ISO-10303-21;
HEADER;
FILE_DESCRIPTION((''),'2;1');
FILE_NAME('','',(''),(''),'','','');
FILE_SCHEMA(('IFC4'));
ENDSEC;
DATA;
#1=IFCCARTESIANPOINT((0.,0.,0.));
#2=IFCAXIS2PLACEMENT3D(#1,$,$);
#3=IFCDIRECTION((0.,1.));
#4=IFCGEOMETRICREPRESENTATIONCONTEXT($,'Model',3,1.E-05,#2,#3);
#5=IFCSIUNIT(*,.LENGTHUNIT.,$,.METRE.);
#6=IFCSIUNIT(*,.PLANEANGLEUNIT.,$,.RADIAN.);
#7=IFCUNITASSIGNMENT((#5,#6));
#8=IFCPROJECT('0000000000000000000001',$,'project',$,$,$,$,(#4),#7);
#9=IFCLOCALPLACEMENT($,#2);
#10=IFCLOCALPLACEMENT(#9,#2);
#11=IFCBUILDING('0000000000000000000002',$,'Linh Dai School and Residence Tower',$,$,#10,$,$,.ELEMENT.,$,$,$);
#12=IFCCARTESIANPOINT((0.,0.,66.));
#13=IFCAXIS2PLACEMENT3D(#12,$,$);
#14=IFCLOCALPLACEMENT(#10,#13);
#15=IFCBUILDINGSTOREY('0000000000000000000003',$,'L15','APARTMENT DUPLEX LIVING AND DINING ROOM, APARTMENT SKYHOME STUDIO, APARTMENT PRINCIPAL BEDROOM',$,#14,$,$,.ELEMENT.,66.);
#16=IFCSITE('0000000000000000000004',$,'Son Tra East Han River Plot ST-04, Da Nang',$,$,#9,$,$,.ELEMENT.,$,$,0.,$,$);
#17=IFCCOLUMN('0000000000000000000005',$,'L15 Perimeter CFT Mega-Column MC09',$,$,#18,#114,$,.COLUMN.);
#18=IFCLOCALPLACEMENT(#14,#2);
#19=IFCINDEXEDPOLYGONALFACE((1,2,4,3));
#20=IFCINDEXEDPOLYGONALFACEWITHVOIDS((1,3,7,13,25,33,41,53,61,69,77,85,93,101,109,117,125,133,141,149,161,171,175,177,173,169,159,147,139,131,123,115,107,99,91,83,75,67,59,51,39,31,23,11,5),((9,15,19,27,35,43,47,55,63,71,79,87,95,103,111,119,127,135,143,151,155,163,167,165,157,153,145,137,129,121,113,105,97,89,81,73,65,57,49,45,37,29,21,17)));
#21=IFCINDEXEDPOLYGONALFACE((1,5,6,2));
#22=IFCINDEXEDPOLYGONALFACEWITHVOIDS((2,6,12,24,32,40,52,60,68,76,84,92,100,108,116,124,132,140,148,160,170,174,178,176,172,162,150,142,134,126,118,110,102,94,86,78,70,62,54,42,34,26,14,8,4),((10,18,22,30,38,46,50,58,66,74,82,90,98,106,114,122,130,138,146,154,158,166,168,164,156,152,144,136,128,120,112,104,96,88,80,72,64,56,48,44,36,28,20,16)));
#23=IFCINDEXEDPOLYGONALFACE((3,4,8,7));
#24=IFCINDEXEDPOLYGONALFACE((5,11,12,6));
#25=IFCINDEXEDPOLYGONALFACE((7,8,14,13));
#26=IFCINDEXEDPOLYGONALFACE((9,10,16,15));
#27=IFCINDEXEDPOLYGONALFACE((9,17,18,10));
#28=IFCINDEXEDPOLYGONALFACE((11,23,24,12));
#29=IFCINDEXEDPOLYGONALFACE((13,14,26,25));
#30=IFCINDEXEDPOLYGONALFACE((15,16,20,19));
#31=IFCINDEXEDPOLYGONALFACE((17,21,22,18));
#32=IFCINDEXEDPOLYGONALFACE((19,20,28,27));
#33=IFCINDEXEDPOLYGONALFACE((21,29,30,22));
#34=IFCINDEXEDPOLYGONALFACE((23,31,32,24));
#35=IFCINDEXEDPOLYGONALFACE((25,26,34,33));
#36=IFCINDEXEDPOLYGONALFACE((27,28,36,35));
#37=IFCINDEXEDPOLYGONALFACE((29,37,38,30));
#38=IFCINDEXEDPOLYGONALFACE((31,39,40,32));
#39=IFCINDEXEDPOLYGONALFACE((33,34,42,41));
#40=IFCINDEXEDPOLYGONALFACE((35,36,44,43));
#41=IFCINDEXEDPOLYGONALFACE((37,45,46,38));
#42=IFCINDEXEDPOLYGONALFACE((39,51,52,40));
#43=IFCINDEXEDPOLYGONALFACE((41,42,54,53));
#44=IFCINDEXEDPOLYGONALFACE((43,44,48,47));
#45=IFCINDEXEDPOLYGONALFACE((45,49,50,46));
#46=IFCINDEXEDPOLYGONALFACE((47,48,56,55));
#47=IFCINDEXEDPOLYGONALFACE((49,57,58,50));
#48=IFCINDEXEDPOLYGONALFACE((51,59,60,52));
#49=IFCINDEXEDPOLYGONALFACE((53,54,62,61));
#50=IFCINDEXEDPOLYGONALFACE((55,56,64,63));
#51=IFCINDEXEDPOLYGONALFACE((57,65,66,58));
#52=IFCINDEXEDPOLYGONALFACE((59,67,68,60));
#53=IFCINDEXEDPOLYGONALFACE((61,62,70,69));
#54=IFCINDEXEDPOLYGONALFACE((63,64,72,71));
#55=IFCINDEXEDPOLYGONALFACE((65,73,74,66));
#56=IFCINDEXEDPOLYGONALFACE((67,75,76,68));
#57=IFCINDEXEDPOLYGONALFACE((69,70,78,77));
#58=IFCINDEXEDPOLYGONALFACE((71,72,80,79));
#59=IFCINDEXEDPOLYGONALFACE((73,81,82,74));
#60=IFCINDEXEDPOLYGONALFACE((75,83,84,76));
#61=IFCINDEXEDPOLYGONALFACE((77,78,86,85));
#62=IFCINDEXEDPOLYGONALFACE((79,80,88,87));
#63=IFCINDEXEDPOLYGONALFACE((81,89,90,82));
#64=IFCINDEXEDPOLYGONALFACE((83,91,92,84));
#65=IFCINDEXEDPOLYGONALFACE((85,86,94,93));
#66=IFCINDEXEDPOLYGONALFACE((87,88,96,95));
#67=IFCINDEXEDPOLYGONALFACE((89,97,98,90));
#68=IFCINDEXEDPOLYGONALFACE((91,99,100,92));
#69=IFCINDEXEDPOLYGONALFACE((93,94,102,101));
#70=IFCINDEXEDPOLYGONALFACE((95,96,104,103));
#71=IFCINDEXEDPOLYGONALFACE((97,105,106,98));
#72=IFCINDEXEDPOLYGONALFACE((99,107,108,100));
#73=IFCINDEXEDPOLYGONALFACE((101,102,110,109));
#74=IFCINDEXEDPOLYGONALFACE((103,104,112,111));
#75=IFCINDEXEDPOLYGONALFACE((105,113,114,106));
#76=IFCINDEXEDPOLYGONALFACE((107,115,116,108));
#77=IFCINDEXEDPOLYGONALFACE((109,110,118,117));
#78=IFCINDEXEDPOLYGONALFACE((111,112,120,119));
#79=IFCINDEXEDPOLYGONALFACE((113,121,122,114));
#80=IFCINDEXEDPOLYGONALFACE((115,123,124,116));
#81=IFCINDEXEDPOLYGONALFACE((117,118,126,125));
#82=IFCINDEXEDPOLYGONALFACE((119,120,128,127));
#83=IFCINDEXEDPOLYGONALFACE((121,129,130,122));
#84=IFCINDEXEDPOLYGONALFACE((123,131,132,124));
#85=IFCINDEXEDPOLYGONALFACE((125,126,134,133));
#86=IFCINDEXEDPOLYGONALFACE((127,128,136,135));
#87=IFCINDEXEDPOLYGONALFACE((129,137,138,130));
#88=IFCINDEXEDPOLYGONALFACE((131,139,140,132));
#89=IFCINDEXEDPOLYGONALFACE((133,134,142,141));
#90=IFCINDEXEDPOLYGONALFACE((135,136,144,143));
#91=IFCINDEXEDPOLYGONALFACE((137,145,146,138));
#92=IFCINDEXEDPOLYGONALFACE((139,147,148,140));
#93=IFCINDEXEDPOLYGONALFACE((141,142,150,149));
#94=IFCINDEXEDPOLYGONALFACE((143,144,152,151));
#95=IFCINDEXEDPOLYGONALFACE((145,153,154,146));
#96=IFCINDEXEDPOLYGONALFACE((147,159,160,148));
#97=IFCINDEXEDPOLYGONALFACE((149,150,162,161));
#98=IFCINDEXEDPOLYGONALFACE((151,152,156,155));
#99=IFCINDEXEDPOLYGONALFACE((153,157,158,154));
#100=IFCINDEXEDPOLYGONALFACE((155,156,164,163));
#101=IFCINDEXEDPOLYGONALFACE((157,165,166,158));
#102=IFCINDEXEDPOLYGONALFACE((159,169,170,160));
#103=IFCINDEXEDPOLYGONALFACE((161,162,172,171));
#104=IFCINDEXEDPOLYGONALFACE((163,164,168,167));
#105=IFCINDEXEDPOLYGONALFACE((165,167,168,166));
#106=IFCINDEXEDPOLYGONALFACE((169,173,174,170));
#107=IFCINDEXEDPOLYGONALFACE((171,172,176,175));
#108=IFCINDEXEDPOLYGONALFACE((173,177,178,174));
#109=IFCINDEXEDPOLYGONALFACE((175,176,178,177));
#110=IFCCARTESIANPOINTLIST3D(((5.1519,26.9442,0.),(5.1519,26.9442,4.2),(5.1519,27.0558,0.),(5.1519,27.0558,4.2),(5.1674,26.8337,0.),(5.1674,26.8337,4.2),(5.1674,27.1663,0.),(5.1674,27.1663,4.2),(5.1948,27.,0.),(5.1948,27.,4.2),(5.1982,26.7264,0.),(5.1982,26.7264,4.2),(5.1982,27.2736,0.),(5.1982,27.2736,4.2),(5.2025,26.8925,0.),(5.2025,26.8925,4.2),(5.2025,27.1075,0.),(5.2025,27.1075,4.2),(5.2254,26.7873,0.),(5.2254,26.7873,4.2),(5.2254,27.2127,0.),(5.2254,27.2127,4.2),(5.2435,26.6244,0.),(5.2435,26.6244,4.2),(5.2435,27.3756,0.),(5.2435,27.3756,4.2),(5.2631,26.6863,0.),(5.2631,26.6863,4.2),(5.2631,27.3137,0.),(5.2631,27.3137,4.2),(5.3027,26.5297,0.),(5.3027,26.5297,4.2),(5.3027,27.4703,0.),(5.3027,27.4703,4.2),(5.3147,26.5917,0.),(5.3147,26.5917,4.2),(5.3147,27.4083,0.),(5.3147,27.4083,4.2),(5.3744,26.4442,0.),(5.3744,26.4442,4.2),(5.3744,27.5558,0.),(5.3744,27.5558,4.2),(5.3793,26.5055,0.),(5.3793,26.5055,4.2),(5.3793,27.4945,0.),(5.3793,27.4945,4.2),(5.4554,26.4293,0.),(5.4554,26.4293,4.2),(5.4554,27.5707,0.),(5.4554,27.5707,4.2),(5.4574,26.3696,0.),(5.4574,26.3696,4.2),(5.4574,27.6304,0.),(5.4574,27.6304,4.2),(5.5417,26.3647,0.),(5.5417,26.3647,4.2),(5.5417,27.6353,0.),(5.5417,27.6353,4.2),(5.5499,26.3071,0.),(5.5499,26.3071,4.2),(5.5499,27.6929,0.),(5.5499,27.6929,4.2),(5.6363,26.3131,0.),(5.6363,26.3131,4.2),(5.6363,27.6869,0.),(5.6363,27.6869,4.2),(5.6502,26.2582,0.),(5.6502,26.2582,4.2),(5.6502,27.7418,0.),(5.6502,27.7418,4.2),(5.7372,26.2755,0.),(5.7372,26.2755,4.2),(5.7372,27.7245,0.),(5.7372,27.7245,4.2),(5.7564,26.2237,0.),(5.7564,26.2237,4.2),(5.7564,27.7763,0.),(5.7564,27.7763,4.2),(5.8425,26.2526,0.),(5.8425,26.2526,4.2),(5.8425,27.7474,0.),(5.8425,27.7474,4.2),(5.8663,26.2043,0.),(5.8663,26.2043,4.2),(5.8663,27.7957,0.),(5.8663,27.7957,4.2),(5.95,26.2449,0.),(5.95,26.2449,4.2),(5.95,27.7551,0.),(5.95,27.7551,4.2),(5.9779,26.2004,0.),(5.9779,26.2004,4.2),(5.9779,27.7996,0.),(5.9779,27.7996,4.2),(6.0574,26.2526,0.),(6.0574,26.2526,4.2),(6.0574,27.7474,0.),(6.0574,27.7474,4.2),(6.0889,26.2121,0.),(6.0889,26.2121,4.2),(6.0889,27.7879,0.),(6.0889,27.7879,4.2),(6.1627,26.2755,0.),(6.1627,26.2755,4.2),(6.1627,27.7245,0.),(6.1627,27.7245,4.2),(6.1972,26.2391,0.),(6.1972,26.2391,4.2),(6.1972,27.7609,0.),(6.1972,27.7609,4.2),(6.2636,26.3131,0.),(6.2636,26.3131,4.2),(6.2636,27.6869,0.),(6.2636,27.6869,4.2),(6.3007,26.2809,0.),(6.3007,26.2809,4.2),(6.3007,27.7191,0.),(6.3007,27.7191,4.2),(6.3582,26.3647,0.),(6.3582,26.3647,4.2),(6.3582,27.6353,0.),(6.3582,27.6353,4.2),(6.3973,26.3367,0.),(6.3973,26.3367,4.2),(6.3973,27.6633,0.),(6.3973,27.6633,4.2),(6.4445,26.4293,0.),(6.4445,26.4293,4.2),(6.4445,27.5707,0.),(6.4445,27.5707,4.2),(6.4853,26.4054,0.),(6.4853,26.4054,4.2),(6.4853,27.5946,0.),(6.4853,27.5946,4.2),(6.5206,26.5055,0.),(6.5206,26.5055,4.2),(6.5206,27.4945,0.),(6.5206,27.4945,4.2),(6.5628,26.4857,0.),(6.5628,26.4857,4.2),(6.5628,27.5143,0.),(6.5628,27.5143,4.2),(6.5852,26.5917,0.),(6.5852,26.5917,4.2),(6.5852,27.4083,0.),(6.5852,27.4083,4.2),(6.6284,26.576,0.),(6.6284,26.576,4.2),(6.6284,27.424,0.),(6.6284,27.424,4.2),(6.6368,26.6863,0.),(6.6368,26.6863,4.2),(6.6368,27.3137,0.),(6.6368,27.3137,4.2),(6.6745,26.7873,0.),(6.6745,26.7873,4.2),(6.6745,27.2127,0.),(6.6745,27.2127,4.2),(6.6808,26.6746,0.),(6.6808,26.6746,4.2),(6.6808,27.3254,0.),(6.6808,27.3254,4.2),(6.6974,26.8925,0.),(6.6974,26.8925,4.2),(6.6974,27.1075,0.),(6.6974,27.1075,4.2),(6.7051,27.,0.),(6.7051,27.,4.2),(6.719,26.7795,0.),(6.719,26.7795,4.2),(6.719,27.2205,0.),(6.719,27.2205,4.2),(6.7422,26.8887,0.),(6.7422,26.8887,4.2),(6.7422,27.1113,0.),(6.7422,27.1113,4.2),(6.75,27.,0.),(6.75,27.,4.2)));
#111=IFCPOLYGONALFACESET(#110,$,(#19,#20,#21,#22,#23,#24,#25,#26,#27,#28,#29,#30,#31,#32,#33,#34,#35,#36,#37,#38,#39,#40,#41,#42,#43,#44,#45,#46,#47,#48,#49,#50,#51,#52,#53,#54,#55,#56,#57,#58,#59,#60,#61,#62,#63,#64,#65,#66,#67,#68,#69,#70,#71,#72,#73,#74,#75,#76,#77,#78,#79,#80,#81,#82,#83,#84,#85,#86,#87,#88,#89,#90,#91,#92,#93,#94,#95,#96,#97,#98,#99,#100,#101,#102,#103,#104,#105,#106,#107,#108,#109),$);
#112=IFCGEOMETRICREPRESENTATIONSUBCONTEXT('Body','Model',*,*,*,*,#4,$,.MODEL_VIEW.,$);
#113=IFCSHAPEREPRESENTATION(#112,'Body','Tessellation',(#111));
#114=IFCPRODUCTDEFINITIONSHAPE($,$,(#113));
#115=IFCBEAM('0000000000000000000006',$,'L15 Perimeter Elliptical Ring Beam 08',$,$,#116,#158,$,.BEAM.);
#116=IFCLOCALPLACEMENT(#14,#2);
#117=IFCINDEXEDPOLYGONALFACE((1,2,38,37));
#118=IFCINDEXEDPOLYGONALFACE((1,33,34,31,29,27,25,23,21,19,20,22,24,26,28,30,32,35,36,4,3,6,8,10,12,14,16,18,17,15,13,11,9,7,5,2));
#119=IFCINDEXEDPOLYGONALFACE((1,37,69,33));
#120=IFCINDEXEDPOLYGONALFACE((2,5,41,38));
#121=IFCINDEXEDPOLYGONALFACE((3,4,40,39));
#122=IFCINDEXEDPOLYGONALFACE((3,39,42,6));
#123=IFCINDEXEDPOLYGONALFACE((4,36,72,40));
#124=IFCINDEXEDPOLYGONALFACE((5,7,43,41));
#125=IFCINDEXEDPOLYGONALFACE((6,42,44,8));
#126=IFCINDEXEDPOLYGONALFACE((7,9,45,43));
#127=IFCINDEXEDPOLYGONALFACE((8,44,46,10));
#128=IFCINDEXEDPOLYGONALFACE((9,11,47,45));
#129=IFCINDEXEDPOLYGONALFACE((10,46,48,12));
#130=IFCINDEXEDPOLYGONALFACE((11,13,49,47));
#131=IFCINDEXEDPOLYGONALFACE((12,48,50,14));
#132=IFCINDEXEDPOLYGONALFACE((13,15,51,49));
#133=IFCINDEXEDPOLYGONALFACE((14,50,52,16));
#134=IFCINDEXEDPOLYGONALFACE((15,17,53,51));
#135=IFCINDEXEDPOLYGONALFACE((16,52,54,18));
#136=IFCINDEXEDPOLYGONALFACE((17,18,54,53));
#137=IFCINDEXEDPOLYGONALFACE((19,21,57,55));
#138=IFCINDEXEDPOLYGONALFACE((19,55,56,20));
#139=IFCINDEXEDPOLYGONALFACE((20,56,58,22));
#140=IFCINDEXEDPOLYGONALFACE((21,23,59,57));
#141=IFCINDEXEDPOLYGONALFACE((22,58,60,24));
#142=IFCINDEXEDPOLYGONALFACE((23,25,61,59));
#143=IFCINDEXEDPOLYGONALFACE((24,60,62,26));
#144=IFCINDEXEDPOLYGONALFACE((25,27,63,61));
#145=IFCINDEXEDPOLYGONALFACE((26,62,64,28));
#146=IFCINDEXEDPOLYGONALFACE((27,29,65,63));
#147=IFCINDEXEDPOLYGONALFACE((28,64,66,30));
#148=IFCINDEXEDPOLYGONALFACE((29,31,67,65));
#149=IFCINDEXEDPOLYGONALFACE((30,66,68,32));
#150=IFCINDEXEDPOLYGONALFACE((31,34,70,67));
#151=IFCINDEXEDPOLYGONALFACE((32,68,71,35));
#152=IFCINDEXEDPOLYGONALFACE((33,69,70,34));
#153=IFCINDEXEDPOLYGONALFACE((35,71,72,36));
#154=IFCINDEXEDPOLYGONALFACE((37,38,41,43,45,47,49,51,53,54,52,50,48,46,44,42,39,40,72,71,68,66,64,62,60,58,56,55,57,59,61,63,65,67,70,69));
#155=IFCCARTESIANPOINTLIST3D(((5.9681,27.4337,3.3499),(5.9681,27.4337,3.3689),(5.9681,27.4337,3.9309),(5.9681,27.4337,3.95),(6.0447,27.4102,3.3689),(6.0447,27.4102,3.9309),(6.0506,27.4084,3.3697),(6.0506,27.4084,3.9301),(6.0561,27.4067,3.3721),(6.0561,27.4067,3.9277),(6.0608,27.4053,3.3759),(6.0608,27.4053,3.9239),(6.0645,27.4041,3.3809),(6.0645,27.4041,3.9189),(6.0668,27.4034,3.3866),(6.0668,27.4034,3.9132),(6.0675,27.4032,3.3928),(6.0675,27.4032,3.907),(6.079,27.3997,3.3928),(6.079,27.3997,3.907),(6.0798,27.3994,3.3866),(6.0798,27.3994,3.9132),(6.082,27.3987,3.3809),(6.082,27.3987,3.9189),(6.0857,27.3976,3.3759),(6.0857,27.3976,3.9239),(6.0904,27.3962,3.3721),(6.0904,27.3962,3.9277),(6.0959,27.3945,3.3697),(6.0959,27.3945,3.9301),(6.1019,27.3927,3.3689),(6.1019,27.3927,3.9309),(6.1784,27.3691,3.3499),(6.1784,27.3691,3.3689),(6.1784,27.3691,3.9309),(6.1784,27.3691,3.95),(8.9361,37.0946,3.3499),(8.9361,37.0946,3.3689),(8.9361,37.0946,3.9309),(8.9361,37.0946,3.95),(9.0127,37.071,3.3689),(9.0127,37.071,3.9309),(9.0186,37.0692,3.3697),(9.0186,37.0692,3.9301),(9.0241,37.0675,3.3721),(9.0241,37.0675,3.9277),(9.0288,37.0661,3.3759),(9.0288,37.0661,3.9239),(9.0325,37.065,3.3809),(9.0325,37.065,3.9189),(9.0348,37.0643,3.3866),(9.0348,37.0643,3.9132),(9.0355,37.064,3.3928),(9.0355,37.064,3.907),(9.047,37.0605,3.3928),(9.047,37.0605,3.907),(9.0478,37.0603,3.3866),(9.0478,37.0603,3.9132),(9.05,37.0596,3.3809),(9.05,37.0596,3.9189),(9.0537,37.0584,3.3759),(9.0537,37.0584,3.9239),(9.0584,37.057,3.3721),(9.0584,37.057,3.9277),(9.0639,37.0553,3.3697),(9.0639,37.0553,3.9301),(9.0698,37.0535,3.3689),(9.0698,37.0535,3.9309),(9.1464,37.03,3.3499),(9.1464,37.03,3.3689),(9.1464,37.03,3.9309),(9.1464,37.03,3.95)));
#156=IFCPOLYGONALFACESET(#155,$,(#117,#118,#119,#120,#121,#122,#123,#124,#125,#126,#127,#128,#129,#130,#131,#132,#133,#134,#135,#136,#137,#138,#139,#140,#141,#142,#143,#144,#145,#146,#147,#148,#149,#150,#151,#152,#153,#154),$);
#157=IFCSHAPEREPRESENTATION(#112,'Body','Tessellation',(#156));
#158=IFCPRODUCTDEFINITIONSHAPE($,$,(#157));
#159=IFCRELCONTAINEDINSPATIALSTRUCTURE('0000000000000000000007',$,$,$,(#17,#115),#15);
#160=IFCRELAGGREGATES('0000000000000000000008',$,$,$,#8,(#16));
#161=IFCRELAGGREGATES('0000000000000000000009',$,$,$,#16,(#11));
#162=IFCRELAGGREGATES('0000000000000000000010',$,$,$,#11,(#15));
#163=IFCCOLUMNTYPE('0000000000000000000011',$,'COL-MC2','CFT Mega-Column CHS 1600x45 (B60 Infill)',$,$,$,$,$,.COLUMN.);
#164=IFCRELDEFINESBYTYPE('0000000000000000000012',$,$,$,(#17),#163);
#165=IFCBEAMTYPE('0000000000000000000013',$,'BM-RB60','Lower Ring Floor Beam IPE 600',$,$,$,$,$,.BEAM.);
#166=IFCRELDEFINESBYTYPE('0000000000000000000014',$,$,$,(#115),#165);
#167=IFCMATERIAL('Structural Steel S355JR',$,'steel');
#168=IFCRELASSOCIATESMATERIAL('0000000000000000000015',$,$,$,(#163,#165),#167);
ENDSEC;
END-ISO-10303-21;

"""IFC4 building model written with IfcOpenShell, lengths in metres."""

from ifc_helpers import new_model, si_unit, direction, frame, origin, origin_2d, place, context, subcontext, project, spatial, hollow_circle, i_section, extrude, material, material_profile, profile_set, type_object, element, save


model = new_model("IFC4")

# Units and contexts
model_context = context("Model", 3, precision=1e-05, world=origin(), true_north=direction((0.0, 1.0)))
body_context = subcontext(model_context, "Body", "Model", "MODEL_VIEW")
ifc_project = project(units=[si_unit("LENGTHUNIT", "METRE"), si_unit("PLANEANGLEUNIT", "RADIAN")], contexts=[model_context])

# Site, building, storey
site_placement = place(None, origin())
site = spatial("IfcSite", under=ifc_project, at=site_placement, Name="Son Tra East Han River Plot ST-04, Da Nang", CompositionType="ELEMENT", RefElevation=0.0)
building_placement = place(site_placement, origin())
building = spatial("IfcBuilding", under=site, at=building_placement, Name="Linh Dai School and Residence Tower", CompositionType="ELEMENT")
storey_placement = place(building_placement, frame((0.0, 0.0, 66.0)))
storey = spatial("IfcBuildingStorey", under=building, at=storey_placement, Name="L15", Description="APARTMENT DUPLEX LIVING AND DINING ROOM, APARTMENT SKYHOME STUDIO, APARTMENT PRINCIPAL BEDROOM", CompositionType="ELEMENT", Elevation=66.0)

# Column
ifc_material_1 = material(Name="Structural Steel S355JR", Category="steel")
ifc_material_profile_1 = material_profile(ifc_material_1, hollow_circle(Radius=0.8, WallThickness=0.0449, at=origin_2d()), Name="CHS 1600x45")
ifc_profile_set_1 = profile_set([ifc_material_profile_1], Name="Structural Steel S355JR")
column_type_1 = type_object("IfcColumnType", Name="COL-MC2", Description="CFT Mega-Column CHS 1600x45 (B60 Infill)", PredefinedType="COLUMN", material=ifc_profile_set_1)
for number, where, z_axis, x_axis, name in (
    (1, (5.95, 27.0, 0.0), (0.0, 0.0, 1.0), (1.0, 0.0, 0.0), "L15 Perimeter CFT Mega-Column MC09"),
):
    element("IfcColumn", number, at=place(storey_placement, frame(where, z_axis=z_axis, x_axis=x_axis)), inside=storey, type_object=column_type_1, Name=name, PredefinedType="COLUMN", context=body_context, shape_type="SweptSolid", body=[
        extrude(hollow_circle(Radius=0.8, WallThickness=0.0449, at=origin_2d()), origin(), (0.0, 0.0, 1.0), 4.2),
    ])

# Beam
ifc_material_profile_2 = material_profile(ifc_material_1, i_section(OverallWidth=0.22, OverallDepth=0.6001, WebThickness=0.012, FlangeThickness=0.019, FilletRadius=0.0239, at=origin_2d()), Name="IPE 600")
ifc_profile_set_2 = profile_set([ifc_material_profile_2], Name="Structural Steel S355JR")
beam_type_1 = type_object("IfcBeamType", Name="BM-RB60", Description="Lower Ring Floor Beam IPE 600", PredefinedType="BEAM", material=ifc_profile_set_2)
beam_1_placement = place(storey_placement, frame((9.0413, 37.0623, 3.6499), z_axis=(-0.293673, -0.955906, 0.0), x_axis=(0.955906, -0.293673, 0.0)))
element("IfcBeam", 2, at=beam_1_placement, inside=storey, type_object=beam_type_1, Name="L15 Perimeter Elliptical Ring Beam 08", PredefinedType="BEAM", context=body_context, shape_type="SweptSolid", body=[
    extrude(i_section(OverallWidth=0.22, OverallDepth=0.6001, WebThickness=0.012, FlangeThickness=0.019, FilletRadius=0.0239, at=origin_2d()), origin(), (0.0, 0.0, 1.0), 10.1064),
])

save(model, "model.ifc")
